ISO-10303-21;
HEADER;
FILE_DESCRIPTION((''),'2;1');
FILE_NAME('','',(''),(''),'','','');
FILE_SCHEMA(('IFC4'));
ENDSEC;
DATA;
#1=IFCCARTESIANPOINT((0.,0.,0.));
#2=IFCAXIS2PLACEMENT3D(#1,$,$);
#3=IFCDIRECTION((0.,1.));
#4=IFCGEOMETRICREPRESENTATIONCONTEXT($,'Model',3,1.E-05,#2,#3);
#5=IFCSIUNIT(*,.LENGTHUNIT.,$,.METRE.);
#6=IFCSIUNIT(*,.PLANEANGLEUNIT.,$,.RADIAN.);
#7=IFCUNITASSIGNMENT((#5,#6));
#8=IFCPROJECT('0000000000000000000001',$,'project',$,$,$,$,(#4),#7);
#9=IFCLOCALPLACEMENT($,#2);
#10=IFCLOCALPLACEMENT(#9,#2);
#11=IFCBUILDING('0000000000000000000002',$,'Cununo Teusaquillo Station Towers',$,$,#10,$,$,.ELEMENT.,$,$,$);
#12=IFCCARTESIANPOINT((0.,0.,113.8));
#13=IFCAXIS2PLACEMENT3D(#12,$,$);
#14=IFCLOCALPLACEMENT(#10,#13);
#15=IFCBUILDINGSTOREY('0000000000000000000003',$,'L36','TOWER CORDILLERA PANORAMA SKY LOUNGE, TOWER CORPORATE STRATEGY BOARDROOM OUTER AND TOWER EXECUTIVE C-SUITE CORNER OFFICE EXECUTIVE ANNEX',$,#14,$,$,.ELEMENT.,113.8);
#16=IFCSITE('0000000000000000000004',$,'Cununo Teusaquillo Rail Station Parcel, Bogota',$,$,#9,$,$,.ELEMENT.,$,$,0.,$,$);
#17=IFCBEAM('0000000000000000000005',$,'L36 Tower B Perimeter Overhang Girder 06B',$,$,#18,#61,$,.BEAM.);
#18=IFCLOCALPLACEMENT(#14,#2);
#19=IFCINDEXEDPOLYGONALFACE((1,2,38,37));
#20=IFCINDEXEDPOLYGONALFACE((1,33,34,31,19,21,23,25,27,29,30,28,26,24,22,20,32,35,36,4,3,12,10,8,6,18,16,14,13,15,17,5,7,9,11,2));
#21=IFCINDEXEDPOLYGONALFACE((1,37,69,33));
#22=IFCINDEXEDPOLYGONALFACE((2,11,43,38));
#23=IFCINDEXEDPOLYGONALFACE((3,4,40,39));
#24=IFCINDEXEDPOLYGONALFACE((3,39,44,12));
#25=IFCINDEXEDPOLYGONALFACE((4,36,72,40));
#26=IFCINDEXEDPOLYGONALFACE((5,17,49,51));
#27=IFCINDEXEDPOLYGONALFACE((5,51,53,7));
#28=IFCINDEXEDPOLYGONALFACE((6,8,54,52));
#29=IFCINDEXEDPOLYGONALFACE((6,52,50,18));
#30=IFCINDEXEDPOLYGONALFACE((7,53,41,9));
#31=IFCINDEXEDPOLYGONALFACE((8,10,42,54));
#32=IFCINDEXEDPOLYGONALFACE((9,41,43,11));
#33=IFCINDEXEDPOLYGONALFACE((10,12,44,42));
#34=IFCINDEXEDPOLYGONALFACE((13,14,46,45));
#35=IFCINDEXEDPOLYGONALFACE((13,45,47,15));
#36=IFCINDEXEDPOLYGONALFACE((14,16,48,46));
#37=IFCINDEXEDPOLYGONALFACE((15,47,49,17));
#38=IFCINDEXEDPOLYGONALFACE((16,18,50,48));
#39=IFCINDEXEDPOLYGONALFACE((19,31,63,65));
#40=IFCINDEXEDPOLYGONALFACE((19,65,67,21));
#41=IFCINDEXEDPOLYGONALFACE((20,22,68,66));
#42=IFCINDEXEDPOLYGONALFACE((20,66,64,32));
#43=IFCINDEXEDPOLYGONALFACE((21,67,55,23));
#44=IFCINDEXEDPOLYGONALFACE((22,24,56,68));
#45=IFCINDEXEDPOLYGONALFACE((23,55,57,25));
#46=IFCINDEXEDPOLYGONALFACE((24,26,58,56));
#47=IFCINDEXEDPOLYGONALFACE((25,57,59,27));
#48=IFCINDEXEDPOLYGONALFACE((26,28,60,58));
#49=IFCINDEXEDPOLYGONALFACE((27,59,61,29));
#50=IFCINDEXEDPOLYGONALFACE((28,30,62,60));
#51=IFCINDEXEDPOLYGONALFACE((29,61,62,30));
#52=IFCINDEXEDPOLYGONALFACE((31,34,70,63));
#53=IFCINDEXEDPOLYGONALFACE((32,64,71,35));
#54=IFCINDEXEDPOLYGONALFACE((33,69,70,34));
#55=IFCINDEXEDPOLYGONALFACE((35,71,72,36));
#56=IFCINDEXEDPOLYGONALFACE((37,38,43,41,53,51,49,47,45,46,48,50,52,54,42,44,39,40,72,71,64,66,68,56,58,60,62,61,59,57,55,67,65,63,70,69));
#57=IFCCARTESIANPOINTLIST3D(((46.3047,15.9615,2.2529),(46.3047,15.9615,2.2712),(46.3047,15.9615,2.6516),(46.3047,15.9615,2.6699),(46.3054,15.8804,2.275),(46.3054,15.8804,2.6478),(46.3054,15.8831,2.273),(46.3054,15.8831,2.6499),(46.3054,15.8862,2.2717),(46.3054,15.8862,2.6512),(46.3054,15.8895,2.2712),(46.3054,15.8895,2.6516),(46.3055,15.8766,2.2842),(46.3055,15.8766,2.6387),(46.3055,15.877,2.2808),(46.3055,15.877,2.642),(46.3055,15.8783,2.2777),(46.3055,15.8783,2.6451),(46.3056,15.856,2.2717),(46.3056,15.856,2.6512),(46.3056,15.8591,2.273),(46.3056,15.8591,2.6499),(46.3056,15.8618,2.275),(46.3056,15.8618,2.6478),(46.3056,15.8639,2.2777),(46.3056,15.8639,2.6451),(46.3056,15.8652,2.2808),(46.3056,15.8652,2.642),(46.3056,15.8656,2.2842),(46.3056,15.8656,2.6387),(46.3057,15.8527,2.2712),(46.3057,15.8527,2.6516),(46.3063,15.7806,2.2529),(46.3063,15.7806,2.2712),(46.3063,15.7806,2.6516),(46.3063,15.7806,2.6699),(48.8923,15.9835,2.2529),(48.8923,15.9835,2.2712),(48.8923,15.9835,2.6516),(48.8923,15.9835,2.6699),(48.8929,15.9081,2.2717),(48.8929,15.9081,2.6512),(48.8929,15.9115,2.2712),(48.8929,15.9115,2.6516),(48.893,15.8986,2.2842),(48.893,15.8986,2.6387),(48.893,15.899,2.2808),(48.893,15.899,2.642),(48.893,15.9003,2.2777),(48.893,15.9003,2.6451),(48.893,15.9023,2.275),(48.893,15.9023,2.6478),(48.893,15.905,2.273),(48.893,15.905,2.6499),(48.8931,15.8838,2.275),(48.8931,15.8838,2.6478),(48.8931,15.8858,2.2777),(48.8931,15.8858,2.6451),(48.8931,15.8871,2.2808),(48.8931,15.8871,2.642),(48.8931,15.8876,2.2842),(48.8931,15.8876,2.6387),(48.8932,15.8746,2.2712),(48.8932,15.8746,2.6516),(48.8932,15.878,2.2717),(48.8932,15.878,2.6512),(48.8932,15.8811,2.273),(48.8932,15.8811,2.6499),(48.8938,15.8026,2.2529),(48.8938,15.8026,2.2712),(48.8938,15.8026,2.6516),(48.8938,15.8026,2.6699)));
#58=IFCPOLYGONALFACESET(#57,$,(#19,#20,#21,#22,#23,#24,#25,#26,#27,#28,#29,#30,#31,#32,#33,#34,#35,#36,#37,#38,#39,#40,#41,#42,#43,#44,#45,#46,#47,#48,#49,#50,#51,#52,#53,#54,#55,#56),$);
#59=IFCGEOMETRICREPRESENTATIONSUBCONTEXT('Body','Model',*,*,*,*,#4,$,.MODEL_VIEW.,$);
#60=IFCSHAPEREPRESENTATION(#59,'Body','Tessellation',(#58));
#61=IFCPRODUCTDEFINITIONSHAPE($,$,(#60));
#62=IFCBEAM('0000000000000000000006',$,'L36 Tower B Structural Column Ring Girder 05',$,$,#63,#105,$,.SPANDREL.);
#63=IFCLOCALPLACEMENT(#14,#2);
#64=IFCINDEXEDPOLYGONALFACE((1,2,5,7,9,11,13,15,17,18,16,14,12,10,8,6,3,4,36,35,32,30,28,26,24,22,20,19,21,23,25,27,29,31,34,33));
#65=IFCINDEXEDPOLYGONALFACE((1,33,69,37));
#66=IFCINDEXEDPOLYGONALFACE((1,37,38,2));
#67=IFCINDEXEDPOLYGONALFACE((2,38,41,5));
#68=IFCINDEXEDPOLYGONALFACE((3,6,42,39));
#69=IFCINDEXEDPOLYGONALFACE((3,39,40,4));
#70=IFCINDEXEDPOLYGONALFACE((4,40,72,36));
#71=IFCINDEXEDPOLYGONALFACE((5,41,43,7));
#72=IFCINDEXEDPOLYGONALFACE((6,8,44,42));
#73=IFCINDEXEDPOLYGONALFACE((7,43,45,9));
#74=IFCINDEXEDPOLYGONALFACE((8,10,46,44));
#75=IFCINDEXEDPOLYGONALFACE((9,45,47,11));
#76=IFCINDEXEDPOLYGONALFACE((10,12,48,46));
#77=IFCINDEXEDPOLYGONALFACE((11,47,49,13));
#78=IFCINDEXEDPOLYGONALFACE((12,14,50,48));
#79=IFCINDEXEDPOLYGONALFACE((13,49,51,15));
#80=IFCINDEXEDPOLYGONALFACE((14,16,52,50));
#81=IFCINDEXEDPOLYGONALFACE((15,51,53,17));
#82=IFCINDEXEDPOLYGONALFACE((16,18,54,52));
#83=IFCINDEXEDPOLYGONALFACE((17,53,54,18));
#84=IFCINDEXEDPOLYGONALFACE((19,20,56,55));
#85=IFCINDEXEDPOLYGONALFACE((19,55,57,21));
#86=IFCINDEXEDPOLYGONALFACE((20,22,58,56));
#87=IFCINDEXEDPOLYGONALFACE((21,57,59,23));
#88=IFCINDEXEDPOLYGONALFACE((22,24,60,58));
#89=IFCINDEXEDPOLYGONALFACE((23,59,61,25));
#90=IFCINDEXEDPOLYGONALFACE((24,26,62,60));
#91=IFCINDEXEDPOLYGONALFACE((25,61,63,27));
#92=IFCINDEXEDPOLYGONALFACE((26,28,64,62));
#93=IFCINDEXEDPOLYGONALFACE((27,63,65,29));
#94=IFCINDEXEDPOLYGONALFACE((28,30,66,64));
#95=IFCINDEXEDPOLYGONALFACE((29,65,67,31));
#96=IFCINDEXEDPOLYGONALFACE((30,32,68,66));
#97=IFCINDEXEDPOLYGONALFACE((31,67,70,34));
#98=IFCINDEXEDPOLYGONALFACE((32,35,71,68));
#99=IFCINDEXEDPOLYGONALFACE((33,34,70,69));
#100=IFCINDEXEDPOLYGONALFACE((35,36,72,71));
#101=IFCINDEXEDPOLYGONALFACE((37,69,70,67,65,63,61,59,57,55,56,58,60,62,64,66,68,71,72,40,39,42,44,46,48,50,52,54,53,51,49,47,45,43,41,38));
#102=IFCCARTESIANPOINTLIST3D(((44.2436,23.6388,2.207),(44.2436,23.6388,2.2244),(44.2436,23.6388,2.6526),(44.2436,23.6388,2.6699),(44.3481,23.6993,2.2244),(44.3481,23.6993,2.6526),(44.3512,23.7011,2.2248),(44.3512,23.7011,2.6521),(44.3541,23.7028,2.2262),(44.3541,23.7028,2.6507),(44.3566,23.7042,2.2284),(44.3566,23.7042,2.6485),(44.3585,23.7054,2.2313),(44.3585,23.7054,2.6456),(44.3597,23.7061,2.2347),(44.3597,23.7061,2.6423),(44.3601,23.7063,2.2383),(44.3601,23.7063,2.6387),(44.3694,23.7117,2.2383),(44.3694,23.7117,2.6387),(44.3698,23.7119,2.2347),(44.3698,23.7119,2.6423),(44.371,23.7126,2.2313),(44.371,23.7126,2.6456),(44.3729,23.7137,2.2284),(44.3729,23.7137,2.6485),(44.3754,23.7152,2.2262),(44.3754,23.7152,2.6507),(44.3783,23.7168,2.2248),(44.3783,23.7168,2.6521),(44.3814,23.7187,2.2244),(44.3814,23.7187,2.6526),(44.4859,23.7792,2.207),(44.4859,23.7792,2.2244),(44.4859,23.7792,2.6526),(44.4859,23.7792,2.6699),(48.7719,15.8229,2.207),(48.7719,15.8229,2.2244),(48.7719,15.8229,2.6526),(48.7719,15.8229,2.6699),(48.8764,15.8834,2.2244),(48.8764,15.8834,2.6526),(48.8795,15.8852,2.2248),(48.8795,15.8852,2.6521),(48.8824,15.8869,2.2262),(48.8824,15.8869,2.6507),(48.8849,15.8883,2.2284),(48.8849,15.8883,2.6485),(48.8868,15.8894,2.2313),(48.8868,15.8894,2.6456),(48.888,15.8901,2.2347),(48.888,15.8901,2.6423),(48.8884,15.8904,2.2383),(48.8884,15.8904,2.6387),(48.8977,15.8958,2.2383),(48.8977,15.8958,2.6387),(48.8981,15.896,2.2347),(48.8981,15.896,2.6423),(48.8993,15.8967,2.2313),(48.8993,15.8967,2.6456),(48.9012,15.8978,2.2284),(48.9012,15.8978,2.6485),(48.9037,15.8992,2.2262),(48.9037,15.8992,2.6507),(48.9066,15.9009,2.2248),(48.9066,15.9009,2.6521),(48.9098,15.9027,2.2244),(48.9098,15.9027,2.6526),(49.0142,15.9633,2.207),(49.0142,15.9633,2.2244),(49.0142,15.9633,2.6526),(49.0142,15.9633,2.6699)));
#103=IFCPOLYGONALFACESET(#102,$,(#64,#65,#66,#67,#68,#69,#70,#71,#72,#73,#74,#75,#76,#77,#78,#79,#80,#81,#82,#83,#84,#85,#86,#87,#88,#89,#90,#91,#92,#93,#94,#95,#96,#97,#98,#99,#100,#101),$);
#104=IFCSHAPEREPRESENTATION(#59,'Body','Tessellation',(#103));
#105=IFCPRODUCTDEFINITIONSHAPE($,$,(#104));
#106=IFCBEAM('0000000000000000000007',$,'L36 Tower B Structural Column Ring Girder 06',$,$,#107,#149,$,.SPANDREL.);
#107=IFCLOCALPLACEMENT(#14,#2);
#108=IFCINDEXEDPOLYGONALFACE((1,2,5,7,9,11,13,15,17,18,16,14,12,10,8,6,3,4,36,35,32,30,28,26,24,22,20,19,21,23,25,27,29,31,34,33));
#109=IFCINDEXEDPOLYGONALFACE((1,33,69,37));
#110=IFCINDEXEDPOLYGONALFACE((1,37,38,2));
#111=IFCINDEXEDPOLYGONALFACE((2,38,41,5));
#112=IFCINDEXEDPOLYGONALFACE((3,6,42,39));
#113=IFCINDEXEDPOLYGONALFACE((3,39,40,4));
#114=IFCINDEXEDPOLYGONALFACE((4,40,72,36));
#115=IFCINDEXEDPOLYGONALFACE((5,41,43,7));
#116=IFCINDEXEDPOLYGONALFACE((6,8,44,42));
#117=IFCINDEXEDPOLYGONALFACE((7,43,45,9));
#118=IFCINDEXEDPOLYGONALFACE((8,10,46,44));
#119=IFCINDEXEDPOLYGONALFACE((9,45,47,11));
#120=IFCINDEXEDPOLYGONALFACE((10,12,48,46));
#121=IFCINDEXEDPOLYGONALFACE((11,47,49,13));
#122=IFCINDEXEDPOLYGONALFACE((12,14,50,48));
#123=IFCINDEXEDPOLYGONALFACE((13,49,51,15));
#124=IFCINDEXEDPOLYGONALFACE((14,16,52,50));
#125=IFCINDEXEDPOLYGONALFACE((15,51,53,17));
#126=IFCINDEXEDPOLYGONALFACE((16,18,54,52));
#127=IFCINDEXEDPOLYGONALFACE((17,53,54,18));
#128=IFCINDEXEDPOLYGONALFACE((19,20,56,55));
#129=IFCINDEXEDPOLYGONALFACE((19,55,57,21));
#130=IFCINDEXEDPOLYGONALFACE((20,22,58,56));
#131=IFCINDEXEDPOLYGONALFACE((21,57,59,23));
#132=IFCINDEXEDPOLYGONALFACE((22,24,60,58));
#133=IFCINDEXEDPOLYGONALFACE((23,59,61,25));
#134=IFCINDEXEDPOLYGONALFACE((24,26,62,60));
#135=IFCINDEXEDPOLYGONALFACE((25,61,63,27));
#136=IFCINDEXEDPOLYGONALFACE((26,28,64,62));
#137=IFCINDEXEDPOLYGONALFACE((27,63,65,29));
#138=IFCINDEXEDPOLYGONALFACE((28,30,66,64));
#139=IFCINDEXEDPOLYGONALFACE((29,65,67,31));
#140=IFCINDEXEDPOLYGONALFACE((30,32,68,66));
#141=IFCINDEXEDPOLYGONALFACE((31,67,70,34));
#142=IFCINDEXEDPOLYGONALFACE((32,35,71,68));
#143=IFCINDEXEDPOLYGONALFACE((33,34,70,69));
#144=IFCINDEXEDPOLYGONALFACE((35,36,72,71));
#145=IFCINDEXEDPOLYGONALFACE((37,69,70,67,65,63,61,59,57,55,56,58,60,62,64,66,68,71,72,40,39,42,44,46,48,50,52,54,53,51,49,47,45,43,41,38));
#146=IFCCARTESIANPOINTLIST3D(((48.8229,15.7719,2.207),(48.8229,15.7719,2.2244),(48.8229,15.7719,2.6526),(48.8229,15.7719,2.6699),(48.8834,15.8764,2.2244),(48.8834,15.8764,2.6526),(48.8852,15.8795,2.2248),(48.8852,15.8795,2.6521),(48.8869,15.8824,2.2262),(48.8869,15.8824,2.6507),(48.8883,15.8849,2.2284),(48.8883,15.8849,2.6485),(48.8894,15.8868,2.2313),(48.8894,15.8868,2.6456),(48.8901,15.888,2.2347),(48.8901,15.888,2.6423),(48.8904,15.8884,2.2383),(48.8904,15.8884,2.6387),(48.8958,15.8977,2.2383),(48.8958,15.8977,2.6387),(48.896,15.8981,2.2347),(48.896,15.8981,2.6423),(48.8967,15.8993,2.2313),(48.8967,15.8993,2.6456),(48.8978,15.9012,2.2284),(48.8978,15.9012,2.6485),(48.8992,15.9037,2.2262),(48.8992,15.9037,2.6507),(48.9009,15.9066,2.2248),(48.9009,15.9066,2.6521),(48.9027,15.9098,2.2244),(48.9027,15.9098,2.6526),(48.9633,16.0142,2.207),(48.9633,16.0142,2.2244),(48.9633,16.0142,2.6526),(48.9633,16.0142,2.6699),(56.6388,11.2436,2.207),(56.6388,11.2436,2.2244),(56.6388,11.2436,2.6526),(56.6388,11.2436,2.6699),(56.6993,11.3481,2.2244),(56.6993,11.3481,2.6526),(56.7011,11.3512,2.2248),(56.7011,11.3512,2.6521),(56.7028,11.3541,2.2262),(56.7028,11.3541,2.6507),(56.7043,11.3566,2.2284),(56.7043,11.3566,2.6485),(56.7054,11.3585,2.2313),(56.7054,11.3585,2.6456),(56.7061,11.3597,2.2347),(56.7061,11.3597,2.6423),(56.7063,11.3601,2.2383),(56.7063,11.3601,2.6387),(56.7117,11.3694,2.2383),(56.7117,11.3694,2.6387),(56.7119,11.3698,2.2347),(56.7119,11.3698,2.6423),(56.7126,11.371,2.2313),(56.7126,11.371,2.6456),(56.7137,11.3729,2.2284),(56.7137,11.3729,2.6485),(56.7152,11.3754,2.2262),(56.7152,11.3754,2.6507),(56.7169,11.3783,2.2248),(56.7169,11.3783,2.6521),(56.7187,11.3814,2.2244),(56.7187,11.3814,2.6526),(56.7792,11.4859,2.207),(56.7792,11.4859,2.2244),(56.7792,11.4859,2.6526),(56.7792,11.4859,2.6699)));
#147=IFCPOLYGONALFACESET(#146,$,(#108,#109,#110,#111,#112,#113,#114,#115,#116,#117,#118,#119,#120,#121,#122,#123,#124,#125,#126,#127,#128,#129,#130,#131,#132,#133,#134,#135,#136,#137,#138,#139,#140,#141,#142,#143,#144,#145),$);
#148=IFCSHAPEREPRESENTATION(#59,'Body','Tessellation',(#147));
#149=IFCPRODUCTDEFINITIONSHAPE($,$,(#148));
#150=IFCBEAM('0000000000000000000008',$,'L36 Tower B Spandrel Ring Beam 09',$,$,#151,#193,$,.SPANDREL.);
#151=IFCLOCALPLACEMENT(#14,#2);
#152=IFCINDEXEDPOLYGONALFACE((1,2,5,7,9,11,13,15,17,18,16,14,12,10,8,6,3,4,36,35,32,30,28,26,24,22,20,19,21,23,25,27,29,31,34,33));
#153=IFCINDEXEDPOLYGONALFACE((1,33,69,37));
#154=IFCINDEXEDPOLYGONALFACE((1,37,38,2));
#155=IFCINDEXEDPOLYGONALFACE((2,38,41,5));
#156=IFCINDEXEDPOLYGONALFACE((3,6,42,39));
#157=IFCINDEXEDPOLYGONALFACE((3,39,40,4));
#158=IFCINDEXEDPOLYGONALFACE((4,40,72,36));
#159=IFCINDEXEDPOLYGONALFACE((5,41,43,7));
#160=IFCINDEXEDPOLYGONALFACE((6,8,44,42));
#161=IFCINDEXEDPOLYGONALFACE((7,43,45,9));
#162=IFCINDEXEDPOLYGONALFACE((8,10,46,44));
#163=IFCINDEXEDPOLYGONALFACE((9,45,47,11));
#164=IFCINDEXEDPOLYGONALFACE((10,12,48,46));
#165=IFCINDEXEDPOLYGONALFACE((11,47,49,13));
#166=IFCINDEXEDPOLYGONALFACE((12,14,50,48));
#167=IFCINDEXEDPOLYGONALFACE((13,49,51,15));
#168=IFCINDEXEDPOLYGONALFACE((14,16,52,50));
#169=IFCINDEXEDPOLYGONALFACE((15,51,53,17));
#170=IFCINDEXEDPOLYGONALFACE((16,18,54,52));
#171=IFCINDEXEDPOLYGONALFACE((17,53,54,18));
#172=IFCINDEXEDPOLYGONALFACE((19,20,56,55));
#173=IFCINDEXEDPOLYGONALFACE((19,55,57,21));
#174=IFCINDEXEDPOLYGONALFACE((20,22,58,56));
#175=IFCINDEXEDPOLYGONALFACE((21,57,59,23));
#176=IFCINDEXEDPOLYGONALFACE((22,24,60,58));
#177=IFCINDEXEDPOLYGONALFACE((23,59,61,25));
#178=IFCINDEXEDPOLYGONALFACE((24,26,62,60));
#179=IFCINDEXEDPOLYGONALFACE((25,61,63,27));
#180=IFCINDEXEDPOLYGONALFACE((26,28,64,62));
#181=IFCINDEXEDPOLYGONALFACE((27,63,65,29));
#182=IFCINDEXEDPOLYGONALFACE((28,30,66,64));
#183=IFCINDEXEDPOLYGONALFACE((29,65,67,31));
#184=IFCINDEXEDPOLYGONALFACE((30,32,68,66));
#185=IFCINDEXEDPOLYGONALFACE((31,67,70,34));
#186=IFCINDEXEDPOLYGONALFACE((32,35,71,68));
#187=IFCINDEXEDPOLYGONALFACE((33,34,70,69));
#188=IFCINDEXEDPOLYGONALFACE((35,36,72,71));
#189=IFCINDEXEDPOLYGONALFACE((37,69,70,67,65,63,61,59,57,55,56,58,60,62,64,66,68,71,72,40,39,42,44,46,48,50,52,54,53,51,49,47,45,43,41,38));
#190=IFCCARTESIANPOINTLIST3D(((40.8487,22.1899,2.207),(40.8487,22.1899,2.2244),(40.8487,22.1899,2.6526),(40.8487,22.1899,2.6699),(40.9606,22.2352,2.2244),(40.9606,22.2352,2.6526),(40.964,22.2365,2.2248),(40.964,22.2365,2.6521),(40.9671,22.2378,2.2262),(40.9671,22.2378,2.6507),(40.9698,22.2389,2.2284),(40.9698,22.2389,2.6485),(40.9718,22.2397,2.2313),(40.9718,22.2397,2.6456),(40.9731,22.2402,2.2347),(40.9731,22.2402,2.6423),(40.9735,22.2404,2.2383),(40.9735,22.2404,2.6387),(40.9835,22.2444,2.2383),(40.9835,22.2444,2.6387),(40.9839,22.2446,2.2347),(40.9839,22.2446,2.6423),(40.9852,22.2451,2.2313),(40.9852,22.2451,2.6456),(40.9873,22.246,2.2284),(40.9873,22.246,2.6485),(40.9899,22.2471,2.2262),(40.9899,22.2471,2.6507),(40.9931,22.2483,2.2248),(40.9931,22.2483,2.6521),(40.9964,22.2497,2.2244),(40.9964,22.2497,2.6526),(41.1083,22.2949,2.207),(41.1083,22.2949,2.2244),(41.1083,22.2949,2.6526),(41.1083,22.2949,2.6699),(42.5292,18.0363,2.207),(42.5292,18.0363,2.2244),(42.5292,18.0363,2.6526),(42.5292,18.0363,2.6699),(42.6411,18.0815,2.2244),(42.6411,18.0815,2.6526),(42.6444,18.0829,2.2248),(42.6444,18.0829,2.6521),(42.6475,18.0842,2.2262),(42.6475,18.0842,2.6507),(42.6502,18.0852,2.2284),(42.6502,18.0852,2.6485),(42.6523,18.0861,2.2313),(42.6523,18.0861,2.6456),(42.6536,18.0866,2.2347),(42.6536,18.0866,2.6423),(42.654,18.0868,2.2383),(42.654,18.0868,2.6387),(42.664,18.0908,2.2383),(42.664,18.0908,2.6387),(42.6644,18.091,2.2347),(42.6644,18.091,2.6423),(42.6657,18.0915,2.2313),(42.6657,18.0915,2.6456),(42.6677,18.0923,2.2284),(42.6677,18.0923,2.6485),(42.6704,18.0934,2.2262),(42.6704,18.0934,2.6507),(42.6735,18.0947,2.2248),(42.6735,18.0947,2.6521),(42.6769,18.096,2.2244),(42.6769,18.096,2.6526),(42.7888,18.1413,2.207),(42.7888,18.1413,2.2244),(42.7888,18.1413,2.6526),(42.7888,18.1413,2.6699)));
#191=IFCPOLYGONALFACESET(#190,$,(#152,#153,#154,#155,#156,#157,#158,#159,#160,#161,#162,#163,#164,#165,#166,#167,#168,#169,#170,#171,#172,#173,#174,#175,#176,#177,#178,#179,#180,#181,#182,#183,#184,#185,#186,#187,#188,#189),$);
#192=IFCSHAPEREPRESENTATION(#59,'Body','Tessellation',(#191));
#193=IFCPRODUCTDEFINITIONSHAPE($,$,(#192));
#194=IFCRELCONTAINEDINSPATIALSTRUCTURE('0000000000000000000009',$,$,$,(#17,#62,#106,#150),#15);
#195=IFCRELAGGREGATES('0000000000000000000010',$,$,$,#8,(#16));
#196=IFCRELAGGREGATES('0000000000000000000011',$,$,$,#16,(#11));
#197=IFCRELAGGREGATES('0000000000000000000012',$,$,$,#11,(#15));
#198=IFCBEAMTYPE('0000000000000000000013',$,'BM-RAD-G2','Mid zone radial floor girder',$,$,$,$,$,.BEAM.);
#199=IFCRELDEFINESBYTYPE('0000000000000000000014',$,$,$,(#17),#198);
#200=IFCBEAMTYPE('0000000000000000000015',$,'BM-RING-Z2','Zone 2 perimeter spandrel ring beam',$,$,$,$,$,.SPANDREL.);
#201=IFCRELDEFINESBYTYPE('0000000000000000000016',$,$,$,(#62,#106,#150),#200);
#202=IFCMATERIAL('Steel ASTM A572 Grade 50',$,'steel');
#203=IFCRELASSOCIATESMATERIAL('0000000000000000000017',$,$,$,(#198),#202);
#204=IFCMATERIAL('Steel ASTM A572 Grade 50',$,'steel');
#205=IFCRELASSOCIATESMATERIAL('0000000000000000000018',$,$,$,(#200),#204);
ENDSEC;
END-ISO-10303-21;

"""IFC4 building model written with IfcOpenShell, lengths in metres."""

from ifc_helpers import new_model, si_unit, direction, frame, origin, origin_2d, place, context, subcontext, project, spatial, i_section, extrude, material, material_profile, profile_set, type_object, element, save


model = new_model("IFC4")

# Units and contexts
model_context = context("Model", 3, precision=1e-05, world=origin(), true_north=direction((0.0, 1.0)))
body_context = subcontext(model_context, "Body", "Model", "MODEL_VIEW")
ifc_project = project(units=[si_unit("LENGTHUNIT", "METRE"), si_unit("PLANEANGLEUNIT", "RADIAN")], contexts=[model_context])

# Site, building, storey
site_placement = place(None, origin())
site = spatial("IfcSite", under=ifc_project, at=site_placement, Name="Cununo Teusaquillo Rail Station Parcel, Bogota", CompositionType="ELEMENT", RefElevation=0.0)
building_placement = place(site_placement, origin())
building = spatial("IfcBuilding", under=site, at=building_placement, Name="Cununo Teusaquillo Station Towers", CompositionType="ELEMENT")
storey_placement = place(building_placement, frame((0.0, 0.0, 113.8)))
storey = spatial("IfcBuildingStorey", under=building, at=storey_placement, Name="L36", Description="TOWER CORDILLERA PANORAMA SKY LOUNGE, TOWER CORPORATE STRATEGY BOARDROOM OUTER AND TOWER EXECUTIVE C-SUITE CORNER OFFICE EXECUTIVE ANNEX", CompositionType="ELEMENT", Elevation=113.8)

# Beams
ifc_material_1 = material(Name="Steel ASTM A572 Grade 50", Category="steel")
ifc_material_profile_1 = material_profile(ifc_material_1, i_section(OverallWidth=0.1809, OverallDepth=0.417, WebThickness=0.011, FlangeThickness=0.0183, FilletRadius=0.0129, at=origin_2d()), Name="W16X57")
ifc_profile_set_1 = profile_set([ifc_material_profile_1], Name="Steel ASTM A572 Grade 50")
beam_type_1 = type_object("IfcBeamType", Name="BM-RAD-G2", Description="Mid zone radial floor girder", PredefinedType="BEAM", material=ifc_profile_set_1)
beam_1_placement = place(storey_placement, frame((48.8931, 15.8931, 2.4614), z_axis=(-0.999964, -0.008491, 0.0), x_axis=(0.008491, -0.999964, 0.0)))
element("IfcBeam", 1, at=beam_1_placement, inside=storey, type_object=beam_type_1, Name="L36 Tower B Perimeter Overhang Girder 06B", PredefinedType="BEAM", context=body_context, shape_type="SweptSolid", body=[
    extrude(i_section(OverallWidth=0.1809, OverallDepth=0.417, WebThickness=0.011, FlangeThickness=0.0183, FilletRadius=0.0129, at=origin_2d()), origin(), (0.0, 0.0, 1.0), 2.5876),
])
ifc_material_2 = material(Name="Steel ASTM A572 Grade 50", Category="steel")
ifc_material_profile_2 = material_profile(ifc_material_2, i_section(OverallWidth=0.28, OverallDepth=0.4629, WebThickness=0.0107, FlangeThickness=0.0173, FilletRadius=0.0139, at=origin_2d()), Name="W18X76")
ifc_profile_set_2 = profile_set([ifc_material_profile_2], Name="Steel ASTM A572 Grade 50")
beam_type_2 = type_object("IfcBeamType", Name="BM-RING-Z2", Description="Zone 2 perimeter spandrel ring beam", PredefinedType="SPANDREL", material=ifc_profile_set_2)
for number, where, z_axis, x_axis, name in (
    (2, (44.3647, 23.709, 2.4385), (0.501311, -0.865267, 0.0), (0.865267, 0.501311, 0.0), "L36 Tower B Structural Column Ring Girder 05"),
    (3, (48.8931, 15.8931, 2.4385), (0.865267, -0.501311, 0.0), (0.501311, 0.865267, 0.0), "L36 Tower B Structural Column Ring Girder 06"),
):
    element("IfcBeam", number, at=place(storey_placement, frame(where, z_axis=z_axis, x_axis=x_axis)), inside=storey, type_object=beam_type_2, Name=name, PredefinedType="SPANDREL", context=body_context, shape_type="SweptSolid", body=[
        extrude(i_section(OverallWidth=0.28, OverallDepth=0.4629, WebThickness=0.0107, FlangeThickness=0.0173, FilletRadius=0.0139, at=origin_2d()), origin(), (0.0, 0.0, 1.0), 9.033),
    ])
beam_2_placement = place(storey_placement, frame((40.9785, 22.2424, 2.4385), z_axis=(0.375042, -0.927008, 0.0), x_axis=(0.927008, 0.375042, 0.0)))
element("IfcBeam", 4, at=beam_2_placement, inside=storey, type_object=beam_type_2, Name="L36 Tower B Spandrel Ring Beam 09", PredefinedType="SPANDREL", context=body_context, shape_type="SweptSolid", body=[
    extrude(i_section(OverallWidth=0.28, OverallDepth=0.4629, WebThickness=0.0107, FlangeThickness=0.0173, FilletRadius=0.0139, at=origin_2d()), origin(), (0.0, 0.0, 1.0), 4.4807),
])

save(model, "model.ifc")
